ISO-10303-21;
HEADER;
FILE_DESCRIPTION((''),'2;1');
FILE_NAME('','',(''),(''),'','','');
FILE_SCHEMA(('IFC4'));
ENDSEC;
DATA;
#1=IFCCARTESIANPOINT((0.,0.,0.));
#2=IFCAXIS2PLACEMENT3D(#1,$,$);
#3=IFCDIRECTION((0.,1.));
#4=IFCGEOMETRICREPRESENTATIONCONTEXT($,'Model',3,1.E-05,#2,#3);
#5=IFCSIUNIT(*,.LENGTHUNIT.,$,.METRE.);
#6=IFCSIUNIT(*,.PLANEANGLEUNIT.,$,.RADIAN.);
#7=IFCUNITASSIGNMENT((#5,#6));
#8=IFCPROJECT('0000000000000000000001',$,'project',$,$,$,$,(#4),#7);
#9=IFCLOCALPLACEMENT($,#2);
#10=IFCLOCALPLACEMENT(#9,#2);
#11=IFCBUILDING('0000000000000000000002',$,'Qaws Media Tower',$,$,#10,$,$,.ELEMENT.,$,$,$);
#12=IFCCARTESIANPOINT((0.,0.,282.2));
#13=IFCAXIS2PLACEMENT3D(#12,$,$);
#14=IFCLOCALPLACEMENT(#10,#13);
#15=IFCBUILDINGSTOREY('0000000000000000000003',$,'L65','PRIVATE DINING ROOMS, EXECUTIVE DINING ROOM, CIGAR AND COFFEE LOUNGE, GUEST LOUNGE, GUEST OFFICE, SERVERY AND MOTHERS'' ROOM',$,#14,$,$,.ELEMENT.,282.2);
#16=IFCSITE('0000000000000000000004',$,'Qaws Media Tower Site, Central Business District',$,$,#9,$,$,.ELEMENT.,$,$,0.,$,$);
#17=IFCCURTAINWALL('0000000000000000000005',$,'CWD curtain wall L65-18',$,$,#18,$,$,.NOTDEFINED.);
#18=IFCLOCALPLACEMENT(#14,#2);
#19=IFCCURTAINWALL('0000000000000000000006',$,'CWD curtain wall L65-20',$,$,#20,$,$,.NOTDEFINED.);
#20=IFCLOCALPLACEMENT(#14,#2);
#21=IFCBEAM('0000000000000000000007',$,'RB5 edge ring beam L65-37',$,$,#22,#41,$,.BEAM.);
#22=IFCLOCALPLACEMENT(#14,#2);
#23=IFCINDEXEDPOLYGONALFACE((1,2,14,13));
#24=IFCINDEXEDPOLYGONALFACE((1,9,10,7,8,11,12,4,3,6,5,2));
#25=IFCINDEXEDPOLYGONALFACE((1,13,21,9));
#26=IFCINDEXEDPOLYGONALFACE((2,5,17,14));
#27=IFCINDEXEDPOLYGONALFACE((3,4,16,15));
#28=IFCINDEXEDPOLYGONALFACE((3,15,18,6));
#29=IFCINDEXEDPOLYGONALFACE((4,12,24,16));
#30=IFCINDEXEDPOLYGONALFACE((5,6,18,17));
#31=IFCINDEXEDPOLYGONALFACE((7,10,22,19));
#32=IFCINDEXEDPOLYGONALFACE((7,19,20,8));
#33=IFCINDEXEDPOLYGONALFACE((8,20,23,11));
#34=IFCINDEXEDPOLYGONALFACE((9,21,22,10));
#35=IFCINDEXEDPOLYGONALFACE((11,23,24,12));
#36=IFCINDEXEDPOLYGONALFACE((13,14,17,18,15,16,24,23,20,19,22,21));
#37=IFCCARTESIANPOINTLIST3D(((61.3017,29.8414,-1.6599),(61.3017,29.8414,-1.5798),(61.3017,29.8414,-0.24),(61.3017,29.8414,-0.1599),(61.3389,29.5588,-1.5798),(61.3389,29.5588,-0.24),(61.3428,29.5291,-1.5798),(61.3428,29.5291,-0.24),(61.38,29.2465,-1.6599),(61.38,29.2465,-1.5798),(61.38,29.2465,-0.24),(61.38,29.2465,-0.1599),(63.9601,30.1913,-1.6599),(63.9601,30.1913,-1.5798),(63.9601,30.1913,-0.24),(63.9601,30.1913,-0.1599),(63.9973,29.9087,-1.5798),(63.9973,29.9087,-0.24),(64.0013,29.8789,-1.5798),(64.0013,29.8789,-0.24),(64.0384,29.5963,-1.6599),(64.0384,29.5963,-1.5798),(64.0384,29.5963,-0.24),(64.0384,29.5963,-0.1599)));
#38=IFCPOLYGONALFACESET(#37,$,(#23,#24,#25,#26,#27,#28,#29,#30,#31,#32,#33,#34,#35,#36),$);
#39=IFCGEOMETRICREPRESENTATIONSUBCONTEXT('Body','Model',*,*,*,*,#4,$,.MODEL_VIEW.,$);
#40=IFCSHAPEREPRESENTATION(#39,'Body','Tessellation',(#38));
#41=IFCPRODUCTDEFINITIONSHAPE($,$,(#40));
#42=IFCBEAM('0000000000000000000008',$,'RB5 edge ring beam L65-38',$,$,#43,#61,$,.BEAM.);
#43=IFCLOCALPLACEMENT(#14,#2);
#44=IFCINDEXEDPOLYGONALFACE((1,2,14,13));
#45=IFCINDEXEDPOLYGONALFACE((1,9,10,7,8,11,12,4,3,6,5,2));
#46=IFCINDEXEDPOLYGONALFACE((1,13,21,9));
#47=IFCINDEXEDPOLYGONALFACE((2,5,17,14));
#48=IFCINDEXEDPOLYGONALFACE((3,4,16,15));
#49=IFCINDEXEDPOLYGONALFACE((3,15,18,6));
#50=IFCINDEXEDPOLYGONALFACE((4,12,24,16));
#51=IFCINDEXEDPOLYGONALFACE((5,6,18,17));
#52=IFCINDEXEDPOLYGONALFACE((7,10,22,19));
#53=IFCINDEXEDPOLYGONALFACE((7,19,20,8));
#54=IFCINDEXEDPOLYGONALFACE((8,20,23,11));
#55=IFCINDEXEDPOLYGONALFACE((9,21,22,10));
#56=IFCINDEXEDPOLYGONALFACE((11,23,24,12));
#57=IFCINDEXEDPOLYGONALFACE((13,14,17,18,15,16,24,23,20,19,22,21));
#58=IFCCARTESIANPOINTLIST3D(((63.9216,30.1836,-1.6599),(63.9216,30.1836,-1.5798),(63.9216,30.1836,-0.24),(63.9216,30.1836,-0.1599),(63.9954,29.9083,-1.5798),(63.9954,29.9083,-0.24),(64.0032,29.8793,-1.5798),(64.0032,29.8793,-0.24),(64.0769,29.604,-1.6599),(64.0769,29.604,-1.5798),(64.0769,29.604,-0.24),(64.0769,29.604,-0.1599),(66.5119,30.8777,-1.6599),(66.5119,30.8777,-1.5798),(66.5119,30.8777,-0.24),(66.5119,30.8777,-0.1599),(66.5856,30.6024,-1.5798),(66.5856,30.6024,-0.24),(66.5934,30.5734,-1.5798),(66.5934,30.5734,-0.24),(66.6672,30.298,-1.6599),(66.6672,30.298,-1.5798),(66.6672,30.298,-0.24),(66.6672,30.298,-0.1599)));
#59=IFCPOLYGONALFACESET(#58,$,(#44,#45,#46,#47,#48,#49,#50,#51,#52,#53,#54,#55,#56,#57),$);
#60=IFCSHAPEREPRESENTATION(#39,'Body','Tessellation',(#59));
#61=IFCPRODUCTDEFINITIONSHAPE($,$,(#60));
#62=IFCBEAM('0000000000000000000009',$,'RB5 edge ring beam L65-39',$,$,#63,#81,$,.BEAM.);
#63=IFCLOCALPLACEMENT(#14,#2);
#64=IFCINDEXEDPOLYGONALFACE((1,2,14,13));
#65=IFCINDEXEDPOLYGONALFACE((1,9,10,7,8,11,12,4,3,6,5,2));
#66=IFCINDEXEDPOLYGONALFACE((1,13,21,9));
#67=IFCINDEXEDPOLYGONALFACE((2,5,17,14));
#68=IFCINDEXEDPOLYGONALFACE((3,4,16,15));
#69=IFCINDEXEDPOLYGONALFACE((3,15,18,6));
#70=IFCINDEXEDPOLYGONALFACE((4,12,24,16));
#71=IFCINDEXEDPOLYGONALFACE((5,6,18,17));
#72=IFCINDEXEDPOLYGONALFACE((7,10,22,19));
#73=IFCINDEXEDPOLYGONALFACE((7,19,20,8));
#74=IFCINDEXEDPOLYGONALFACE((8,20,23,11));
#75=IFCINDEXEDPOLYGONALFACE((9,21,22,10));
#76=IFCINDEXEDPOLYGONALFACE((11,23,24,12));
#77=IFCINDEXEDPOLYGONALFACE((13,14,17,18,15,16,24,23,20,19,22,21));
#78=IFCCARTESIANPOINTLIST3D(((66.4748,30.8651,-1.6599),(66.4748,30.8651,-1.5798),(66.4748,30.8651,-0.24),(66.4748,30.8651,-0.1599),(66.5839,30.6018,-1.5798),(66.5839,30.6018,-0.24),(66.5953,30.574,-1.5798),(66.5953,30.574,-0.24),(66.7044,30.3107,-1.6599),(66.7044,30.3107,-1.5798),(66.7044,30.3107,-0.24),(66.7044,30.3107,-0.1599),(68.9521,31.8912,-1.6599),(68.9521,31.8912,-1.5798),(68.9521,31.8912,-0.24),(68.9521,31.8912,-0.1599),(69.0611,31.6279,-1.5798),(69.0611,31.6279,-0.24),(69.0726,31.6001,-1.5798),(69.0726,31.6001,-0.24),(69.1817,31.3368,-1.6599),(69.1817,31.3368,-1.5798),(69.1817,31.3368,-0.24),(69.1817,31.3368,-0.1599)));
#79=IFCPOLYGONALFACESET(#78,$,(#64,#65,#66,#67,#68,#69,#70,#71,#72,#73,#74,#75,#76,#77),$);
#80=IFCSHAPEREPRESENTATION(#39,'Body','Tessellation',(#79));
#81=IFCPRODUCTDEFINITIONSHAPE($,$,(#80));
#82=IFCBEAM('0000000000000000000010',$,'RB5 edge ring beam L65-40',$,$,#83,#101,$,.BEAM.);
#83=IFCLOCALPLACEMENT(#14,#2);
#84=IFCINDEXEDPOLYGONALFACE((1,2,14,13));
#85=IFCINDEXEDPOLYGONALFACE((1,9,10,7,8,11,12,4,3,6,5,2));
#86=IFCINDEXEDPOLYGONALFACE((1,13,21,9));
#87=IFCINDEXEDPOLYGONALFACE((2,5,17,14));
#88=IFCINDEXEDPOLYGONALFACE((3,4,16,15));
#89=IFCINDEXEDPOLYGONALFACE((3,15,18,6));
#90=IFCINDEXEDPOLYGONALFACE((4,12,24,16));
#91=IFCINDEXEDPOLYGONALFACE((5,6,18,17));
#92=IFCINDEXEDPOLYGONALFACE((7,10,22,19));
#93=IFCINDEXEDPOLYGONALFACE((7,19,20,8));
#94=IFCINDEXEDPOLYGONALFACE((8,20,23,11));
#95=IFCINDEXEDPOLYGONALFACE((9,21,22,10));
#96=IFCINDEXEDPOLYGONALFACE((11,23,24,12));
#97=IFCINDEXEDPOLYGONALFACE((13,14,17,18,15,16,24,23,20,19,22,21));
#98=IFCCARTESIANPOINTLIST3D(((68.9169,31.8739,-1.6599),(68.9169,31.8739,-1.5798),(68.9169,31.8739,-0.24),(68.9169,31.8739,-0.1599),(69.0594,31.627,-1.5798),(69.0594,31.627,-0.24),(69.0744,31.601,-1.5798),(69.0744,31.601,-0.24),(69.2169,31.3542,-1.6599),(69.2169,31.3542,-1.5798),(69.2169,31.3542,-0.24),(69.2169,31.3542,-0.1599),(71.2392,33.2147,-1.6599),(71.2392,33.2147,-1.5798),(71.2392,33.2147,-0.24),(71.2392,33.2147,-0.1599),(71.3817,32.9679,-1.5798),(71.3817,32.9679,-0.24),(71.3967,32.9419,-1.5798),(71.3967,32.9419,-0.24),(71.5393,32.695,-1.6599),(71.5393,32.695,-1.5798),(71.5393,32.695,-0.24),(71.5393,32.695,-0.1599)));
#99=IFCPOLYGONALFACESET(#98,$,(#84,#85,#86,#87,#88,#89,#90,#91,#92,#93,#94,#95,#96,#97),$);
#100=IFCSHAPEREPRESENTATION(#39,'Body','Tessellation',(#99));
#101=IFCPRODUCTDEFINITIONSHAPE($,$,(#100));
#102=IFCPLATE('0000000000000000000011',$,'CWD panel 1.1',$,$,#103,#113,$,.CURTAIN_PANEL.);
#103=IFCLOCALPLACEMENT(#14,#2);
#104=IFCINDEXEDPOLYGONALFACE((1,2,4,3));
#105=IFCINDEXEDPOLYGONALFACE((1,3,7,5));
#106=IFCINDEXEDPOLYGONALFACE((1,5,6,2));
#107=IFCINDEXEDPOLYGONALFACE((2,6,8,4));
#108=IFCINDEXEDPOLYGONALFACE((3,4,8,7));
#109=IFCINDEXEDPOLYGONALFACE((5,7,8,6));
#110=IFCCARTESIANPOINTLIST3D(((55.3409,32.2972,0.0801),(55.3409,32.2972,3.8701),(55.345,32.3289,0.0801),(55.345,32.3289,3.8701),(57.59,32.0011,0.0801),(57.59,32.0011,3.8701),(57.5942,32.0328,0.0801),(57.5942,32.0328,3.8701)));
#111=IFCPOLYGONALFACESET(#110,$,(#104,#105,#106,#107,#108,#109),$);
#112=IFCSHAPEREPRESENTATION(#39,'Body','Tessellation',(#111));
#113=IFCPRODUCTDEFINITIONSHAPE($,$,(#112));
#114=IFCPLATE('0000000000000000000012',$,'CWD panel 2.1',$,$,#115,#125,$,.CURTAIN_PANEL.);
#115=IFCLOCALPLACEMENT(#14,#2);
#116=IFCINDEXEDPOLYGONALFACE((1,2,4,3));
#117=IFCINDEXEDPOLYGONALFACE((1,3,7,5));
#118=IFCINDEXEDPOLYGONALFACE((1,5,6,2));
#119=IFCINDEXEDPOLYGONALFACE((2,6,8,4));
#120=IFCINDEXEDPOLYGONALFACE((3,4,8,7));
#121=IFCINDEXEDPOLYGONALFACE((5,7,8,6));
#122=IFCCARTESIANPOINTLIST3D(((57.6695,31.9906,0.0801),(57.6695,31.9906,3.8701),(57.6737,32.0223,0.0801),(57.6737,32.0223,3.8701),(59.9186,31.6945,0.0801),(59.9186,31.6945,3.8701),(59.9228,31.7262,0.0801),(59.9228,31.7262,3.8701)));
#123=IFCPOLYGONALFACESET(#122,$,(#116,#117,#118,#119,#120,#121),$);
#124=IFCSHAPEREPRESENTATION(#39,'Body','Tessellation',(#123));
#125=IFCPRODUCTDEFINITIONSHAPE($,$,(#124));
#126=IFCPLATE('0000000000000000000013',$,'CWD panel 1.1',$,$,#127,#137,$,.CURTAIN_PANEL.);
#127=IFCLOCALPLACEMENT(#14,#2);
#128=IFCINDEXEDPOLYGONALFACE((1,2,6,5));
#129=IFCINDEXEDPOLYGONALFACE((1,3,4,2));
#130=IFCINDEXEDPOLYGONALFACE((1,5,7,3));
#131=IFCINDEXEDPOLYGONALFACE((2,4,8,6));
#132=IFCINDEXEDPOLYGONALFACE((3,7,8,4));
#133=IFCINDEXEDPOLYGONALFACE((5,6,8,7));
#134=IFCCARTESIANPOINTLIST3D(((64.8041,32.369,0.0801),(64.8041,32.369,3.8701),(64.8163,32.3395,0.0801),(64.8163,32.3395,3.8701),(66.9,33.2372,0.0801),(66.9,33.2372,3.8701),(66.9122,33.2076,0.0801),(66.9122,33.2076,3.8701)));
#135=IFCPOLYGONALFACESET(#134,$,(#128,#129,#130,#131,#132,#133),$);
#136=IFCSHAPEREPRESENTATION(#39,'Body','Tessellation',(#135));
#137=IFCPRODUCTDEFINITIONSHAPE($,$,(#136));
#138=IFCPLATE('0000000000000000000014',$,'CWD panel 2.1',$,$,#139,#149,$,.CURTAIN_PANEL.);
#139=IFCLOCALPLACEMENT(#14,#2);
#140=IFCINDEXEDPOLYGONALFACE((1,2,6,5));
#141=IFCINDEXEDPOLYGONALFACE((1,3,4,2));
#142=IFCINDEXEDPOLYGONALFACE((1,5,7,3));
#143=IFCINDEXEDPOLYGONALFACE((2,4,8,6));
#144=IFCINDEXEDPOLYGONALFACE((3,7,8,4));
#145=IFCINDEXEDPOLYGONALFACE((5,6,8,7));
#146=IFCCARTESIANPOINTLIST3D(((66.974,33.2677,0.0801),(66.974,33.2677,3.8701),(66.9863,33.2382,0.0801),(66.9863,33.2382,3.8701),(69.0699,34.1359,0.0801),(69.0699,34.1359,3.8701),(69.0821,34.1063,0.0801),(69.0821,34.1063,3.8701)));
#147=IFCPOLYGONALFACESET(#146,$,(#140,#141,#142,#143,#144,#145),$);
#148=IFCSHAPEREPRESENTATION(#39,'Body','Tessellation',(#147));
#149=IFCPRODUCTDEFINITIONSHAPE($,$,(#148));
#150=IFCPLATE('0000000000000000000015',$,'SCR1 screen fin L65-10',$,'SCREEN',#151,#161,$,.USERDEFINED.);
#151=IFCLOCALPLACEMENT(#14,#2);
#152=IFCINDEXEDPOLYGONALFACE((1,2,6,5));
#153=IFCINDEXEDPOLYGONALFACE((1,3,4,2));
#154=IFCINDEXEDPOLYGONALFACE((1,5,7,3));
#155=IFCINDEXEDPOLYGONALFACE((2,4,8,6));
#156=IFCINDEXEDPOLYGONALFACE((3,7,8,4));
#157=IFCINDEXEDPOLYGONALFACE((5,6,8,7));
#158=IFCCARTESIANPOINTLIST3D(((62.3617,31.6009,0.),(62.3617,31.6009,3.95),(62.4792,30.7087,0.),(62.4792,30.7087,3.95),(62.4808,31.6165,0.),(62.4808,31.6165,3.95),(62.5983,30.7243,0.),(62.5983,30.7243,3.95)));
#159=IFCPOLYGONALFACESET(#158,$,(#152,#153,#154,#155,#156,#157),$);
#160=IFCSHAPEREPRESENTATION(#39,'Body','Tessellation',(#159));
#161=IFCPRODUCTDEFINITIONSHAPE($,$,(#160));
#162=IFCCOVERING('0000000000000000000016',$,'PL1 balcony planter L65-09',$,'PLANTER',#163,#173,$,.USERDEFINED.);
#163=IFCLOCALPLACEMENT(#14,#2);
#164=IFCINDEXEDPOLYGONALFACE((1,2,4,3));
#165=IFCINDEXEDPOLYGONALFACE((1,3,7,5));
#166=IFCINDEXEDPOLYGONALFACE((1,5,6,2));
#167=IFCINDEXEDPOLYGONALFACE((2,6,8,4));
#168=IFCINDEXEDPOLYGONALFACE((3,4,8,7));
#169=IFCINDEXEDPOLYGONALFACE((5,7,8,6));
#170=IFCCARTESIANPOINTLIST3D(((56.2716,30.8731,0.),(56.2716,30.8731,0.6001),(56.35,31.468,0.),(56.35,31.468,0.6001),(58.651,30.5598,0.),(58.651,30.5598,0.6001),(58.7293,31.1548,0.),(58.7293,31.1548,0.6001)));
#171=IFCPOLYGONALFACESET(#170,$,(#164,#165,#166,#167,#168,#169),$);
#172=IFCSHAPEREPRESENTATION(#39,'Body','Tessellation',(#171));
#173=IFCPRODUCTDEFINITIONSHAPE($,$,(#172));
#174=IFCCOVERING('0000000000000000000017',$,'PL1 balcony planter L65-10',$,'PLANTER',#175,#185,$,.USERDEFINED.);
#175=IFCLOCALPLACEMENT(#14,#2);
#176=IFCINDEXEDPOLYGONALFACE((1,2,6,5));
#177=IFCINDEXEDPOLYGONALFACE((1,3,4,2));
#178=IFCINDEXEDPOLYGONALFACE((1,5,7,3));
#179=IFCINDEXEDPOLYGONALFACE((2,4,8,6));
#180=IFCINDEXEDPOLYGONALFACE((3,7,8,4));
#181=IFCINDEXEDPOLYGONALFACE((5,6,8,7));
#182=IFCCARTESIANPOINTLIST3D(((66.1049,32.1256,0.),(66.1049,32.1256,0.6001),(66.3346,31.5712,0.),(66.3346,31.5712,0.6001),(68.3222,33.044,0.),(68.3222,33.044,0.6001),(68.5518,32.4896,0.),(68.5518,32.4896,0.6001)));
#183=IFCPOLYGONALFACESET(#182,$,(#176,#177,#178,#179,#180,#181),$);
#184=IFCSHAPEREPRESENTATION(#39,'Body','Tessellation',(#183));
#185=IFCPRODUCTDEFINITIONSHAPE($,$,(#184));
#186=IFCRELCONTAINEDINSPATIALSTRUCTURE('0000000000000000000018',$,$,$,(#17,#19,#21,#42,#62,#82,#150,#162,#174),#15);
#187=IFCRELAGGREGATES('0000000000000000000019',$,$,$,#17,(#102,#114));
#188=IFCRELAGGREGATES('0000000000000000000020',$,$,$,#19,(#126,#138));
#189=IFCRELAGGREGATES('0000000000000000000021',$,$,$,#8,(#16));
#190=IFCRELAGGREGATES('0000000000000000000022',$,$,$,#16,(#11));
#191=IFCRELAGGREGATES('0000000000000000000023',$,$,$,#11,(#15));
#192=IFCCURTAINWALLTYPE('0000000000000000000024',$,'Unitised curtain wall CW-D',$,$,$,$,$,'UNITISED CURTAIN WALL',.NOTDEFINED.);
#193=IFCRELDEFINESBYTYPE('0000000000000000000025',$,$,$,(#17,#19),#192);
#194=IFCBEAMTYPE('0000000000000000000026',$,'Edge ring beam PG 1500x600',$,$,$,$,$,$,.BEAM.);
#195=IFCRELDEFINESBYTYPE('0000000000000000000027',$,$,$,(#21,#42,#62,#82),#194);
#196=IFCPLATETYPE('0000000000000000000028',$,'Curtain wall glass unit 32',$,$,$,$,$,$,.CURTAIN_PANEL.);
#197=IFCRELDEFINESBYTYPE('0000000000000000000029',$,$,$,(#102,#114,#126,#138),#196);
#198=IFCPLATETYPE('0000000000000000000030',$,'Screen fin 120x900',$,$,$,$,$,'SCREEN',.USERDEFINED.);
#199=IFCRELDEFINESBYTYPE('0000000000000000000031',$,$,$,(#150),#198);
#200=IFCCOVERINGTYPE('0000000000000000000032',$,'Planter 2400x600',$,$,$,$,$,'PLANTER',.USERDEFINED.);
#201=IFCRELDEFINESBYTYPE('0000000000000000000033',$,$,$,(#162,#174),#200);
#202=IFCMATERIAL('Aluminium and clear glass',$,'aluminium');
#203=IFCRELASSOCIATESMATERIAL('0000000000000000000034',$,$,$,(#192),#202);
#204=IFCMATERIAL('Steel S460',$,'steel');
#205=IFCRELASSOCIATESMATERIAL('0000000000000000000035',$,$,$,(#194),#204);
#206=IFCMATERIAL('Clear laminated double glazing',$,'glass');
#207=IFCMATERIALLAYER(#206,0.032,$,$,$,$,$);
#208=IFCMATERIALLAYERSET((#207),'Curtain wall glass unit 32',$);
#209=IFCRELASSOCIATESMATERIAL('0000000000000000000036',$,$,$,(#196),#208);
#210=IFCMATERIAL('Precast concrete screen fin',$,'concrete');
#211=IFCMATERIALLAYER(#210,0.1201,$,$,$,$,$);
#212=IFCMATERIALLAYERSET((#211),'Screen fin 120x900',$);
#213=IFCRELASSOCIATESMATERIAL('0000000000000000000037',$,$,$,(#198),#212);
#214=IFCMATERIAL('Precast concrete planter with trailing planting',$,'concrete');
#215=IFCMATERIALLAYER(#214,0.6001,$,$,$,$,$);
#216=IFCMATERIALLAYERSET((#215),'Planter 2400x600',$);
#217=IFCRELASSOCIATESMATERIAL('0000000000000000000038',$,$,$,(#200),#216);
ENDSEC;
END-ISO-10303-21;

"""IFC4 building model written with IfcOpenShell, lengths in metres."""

from ifc_helpers import new_model, si_unit, direction, frame, origin, origin_2d, place, context, subcontext, project, spatial, rectangle, i_section, extrude, material, layer, layer_set, material_profile, profile_set, type_object, element, aggregate, save


model = new_model("IFC4")

# Units and contexts
model_context = context("Model", 3, precision=1e-05, world=origin(), true_north=direction((0.0, 1.0)))
body_context = subcontext(model_context, "Body", "Model", "MODEL_VIEW")
ifc_project = project(units=[si_unit("LENGTHUNIT", "METRE"), si_unit("PLANEANGLEUNIT", "RADIAN")], contexts=[model_context])

# Site, building, storey
site_placement = place(None, origin())
site = spatial("IfcSite", under=ifc_project, at=site_placement, Name="Qaws Media Tower Site, Central Business District", CompositionType="ELEMENT", RefElevation=0.0)
building_placement = place(site_placement, origin())
building = spatial("IfcBuilding", under=site, at=building_placement, Name="Qaws Media Tower", CompositionType="ELEMENT")
storey_placement = place(building_placement, frame((0.0, 0.0, 282.2)))
storey = spatial("IfcBuildingStorey", under=building, at=storey_placement, Name="L65", Description="PRIVATE DINING ROOMS, EXECUTIVE DINING ROOM, CIGAR AND COFFEE LOUNGE, GUEST LOUNGE, GUEST OFFICE, SERVERY AND MOTHERS' ROOM", CompositionType="ELEMENT", Elevation=282.2)

# Curtain walls
ifc_material_1 = material(Name="Aluminium and clear glass", Category="aluminium")
curtain_wall_type = type_object("IfcCurtainWallType", Name="Unitised curtain wall CW-D", ElementType="UNITISED CURTAIN WALL", PredefinedType="NOTDEFINED", material=ifc_material_1)
curtain_wall_1_placement = place(storey_placement, origin())
curtain_wall_1 = element("IfcCurtainWall", 1, at=curtain_wall_1_placement, inside=storey, type_object=curtain_wall_type, Name="CWD curtain wall L65-18", PredefinedType="NOTDEFINED")
curtain_wall_2_placement = place(storey_placement, origin())
curtain_wall_2 = element("IfcCurtainWall", 2, at=curtain_wall_2_placement, inside=storey, type_object=curtain_wall_type, Name="CWD curtain wall L65-20", PredefinedType="NOTDEFINED")

# Beams
ifc_material_2 = material(Name="Steel S460", Category="steel")
ifc_material_profile_1 = material_profile(ifc_material_2, i_section(OverallWidth=0.6001, OverallDepth=1.5, WebThickness=0.03, FlangeThickness=0.0801, at=origin_2d()), Name="PG 1500x600")
ifc_profile_set_1 = profile_set([ifc_material_profile_1], Name="Steel S460")
beam_type = type_object("IfcBeamType", Name="Edge ring beam PG 1500x600", PredefinedType="BEAM", material=ifc_profile_set_1)
beam_1_placement = place(storey_placement, frame((61.3408, 29.5439, -0.9099), z_axis=(0.991452, 0.130476, 0.0), x_axis=(-0.130476, 0.991452, 0.0)))
element("IfcBeam", 3, at=beam_1_placement, inside=storey, type_object=beam_type, Name="RB5 edge ring beam L65-37", PredefinedType="BEAM", context=body_context, shape_type="SweptSolid", body=[
    extrude(i_section(OverallWidth=0.6001, OverallDepth=1.5, WebThickness=0.03, FlangeThickness=0.0801, at=origin_2d()), origin(), (0.0, 0.0, 1.0), 2.6814),
])
beam_2_placement = place(storey_placement, frame((63.9993, 29.8938, -0.9099), z_axis=(0.965924, 0.258824, 0.0), x_axis=(-0.258824, 0.965924, 0.0)))
element("IfcBeam", 4, at=beam_2_placement, inside=storey, type_object=beam_type, Name="RB5 edge ring beam L65-38", PredefinedType="BEAM", context=body_context, shape_type="SweptSolid", body=[
    extrude(i_section(OverallWidth=0.6001, OverallDepth=1.5, WebThickness=0.03, FlangeThickness=0.0801, at=origin_2d()), origin(), (0.0, 0.0, 1.0), 2.6816),
])
beam_3_placement = place(storey_placement, frame((66.5896, 30.5879, -0.9099), z_axis=(0.92388, 0.382681, 0.0), x_axis=(-0.382681, 0.92388, 0.0)))
element("IfcBeam", 5, at=beam_3_placement, inside=storey, type_object=beam_type, Name="RB5 edge ring beam L65-39", PredefinedType="BEAM", context=body_context, shape_type="SweptSolid", body=[
    extrude(i_section(OverallWidth=0.6001, OverallDepth=1.5, WebThickness=0.03, FlangeThickness=0.0801, at=origin_2d()), origin(), (0.0, 0.0, 1.0), 2.6814),
])
beam_4_placement = place(storey_placement, frame((69.0669, 31.614, -0.9099), z_axis=(0.866016, 0.500017, 0.0), x_axis=(-0.500017, 0.866016, 0.0)))
element("IfcBeam", 6, at=beam_4_placement, inside=storey, type_object=beam_type, Name="RB5 edge ring beam L65-40", PredefinedType="BEAM", context=body_context, shape_type="SweptSolid", body=[
    extrude(i_section(OverallWidth=0.6001, OverallDepth=1.5, WebThickness=0.03, FlangeThickness=0.0801, at=origin_2d()), origin(), (0.0, 0.0, 1.0), 2.6816),
])

# Plates
ifc_material_3 = material(Name="Clear laminated double glazing", Category="glass")
ifc_layer_1 = layer(ifc_material_3, 0.032)
ifc_layer_set_1 = layer_set([ifc_layer_1], Name="Curtain wall glass unit 32")
plate_type_1 = type_object("IfcPlateType", Name="Curtain wall glass unit 32", PredefinedType="CURTAIN_PANEL", material=ifc_layer_set_1)
plate_1_placement = place(storey_placement, frame((56.4675, 32.165, 0.0801), z_axis=(0.0, 0.0, 1.0), x_axis=(0.991445, -0.130526, 0.0)))
plate_1 = element("IfcPlate", 7, at=plate_1_placement, type_object=plate_type_1, Name="CWD panel 1.1", PredefinedType="CURTAIN_PANEL", context=body_context, shape_type="SweptSolid", body=[
    extrude(rectangle(XDim=2.2686, YDim=0.032, at=origin_2d()), origin(), (0.0, 0.0, 1.0), 3.79),
])
plate_2_placement = place(storey_placement, frame((58.7961, 31.8584, 0.0801), z_axis=(0.0, 0.0, 1.0), x_axis=(0.991445, -0.130526, 0.0)))
plate_2 = element("IfcPlate", 8, at=plate_2_placement, type_object=plate_type_1, Name="CWD panel 2.1", PredefinedType="CURTAIN_PANEL", context=body_context, shape_type="SweptSolid", body=[
    extrude(rectangle(XDim=2.2686, YDim=0.032, at=origin_2d()), origin(), (0.0, 0.0, 1.0), 3.79),
])
aggregate(curtain_wall_1, [plate_1, plate_2])
plate_3_placement = place(storey_placement, frame((65.8582, 32.7883, 0.0801), z_axis=(0.0, 0.0, 1.0), x_axis=(0.923879, 0.382684, 0.0)))
plate_3 = element("IfcPlate", 9, at=plate_3_placement, type_object=plate_type_1, Name="CWD panel 1.1", PredefinedType="CURTAIN_PANEL", context=body_context, shape_type="SweptSolid", body=[
    extrude(rectangle(XDim=2.2686, YDim=0.032, at=origin_2d()), origin(), (0.0, 0.0, 1.0), 3.79),
])
plate_4_placement = place(storey_placement, frame((68.0281, 33.687, 0.0801), z_axis=(0.0, 0.0, 1.0), x_axis=(0.923879, 0.382684, 0.0)))
plate_4 = element("IfcPlate", 10, at=plate_4_placement, type_object=plate_type_1, Name="CWD panel 2.1", PredefinedType="CURTAIN_PANEL", context=body_context, shape_type="SweptSolid", body=[
    extrude(rectangle(XDim=2.2686, YDim=0.032, at=origin_2d()), origin(), (0.0, 0.0, 1.0), 3.79),
])
aggregate(curtain_wall_2, [plate_3, plate_4])
ifc_material_4 = material(Name="Precast concrete screen fin", Category="concrete")
ifc_layer_2 = layer(ifc_material_4, 0.1201)
ifc_layer_set_2 = layer_set([ifc_layer_2], Name="Screen fin 120x900")
plate_type_2 = type_object("IfcPlateType", Name="Screen fin 120x900", ElementType="SCREEN", PredefinedType="USERDEFINED", material=ifc_layer_set_2)
plate_5_placement = place(storey_placement, frame((62.48, 31.1626, 0.0), z_axis=(0.0, 0.0, 1.0), x_axis=(0.130526, -0.991445, 0.0)))
element("IfcPlate", 11, at=plate_5_placement, inside=storey, type_object=plate_type_2, Name="SCR1 screen fin L65-10", ObjectType="SCREEN", PredefinedType="USERDEFINED", context=body_context, shape_type="SweptSolid", body=[
    extrude(rectangle(XDim=0.8999, YDim=0.1201, at=origin_2d()), origin(), (0.0, 0.0, 1.0), 3.95),
])

# Coverings
ifc_material_5 = material(Name="Precast concrete planter with trailing planting", Category="concrete")
ifc_layer_3 = layer(ifc_material_5, 0.6001)
ifc_layer_set_3 = layer_set([ifc_layer_3], Name="Planter 2400x600")
covering_type = type_object("IfcCoveringType", Name="Planter 2400x600", ElementType="PLANTER", PredefinedType="USERDEFINED", material=ifc_layer_set_3)
for number, where, z_axis, x_axis, name in (
    (12, (57.5005, 31.0139, 0.0), (0.0, 0.0, 1.0), (0.991445, -0.130526, 0.0), "PL1 balcony planter L65-09"),
    (13, (67.3284, 32.3076, 0.0), (0.0, 0.0, 1.0), (0.92388, 0.382683, 0.0), "PL1 balcony planter L65-10"),
):
    element("IfcCovering", number, at=place(storey_placement, frame(where, z_axis=z_axis, x_axis=x_axis)), inside=storey, type_object=covering_type, Name=name, ObjectType="PLANTER", PredefinedType="USERDEFINED", context=body_context, shape_type="SweptSolid", body=[
        extrude(rectangle(XDim=2.3999, YDim=0.6001, at=origin_2d()), origin(), (0.0, 0.0, 1.0), 0.6001),
    ])

save(model, "model.ifc")
